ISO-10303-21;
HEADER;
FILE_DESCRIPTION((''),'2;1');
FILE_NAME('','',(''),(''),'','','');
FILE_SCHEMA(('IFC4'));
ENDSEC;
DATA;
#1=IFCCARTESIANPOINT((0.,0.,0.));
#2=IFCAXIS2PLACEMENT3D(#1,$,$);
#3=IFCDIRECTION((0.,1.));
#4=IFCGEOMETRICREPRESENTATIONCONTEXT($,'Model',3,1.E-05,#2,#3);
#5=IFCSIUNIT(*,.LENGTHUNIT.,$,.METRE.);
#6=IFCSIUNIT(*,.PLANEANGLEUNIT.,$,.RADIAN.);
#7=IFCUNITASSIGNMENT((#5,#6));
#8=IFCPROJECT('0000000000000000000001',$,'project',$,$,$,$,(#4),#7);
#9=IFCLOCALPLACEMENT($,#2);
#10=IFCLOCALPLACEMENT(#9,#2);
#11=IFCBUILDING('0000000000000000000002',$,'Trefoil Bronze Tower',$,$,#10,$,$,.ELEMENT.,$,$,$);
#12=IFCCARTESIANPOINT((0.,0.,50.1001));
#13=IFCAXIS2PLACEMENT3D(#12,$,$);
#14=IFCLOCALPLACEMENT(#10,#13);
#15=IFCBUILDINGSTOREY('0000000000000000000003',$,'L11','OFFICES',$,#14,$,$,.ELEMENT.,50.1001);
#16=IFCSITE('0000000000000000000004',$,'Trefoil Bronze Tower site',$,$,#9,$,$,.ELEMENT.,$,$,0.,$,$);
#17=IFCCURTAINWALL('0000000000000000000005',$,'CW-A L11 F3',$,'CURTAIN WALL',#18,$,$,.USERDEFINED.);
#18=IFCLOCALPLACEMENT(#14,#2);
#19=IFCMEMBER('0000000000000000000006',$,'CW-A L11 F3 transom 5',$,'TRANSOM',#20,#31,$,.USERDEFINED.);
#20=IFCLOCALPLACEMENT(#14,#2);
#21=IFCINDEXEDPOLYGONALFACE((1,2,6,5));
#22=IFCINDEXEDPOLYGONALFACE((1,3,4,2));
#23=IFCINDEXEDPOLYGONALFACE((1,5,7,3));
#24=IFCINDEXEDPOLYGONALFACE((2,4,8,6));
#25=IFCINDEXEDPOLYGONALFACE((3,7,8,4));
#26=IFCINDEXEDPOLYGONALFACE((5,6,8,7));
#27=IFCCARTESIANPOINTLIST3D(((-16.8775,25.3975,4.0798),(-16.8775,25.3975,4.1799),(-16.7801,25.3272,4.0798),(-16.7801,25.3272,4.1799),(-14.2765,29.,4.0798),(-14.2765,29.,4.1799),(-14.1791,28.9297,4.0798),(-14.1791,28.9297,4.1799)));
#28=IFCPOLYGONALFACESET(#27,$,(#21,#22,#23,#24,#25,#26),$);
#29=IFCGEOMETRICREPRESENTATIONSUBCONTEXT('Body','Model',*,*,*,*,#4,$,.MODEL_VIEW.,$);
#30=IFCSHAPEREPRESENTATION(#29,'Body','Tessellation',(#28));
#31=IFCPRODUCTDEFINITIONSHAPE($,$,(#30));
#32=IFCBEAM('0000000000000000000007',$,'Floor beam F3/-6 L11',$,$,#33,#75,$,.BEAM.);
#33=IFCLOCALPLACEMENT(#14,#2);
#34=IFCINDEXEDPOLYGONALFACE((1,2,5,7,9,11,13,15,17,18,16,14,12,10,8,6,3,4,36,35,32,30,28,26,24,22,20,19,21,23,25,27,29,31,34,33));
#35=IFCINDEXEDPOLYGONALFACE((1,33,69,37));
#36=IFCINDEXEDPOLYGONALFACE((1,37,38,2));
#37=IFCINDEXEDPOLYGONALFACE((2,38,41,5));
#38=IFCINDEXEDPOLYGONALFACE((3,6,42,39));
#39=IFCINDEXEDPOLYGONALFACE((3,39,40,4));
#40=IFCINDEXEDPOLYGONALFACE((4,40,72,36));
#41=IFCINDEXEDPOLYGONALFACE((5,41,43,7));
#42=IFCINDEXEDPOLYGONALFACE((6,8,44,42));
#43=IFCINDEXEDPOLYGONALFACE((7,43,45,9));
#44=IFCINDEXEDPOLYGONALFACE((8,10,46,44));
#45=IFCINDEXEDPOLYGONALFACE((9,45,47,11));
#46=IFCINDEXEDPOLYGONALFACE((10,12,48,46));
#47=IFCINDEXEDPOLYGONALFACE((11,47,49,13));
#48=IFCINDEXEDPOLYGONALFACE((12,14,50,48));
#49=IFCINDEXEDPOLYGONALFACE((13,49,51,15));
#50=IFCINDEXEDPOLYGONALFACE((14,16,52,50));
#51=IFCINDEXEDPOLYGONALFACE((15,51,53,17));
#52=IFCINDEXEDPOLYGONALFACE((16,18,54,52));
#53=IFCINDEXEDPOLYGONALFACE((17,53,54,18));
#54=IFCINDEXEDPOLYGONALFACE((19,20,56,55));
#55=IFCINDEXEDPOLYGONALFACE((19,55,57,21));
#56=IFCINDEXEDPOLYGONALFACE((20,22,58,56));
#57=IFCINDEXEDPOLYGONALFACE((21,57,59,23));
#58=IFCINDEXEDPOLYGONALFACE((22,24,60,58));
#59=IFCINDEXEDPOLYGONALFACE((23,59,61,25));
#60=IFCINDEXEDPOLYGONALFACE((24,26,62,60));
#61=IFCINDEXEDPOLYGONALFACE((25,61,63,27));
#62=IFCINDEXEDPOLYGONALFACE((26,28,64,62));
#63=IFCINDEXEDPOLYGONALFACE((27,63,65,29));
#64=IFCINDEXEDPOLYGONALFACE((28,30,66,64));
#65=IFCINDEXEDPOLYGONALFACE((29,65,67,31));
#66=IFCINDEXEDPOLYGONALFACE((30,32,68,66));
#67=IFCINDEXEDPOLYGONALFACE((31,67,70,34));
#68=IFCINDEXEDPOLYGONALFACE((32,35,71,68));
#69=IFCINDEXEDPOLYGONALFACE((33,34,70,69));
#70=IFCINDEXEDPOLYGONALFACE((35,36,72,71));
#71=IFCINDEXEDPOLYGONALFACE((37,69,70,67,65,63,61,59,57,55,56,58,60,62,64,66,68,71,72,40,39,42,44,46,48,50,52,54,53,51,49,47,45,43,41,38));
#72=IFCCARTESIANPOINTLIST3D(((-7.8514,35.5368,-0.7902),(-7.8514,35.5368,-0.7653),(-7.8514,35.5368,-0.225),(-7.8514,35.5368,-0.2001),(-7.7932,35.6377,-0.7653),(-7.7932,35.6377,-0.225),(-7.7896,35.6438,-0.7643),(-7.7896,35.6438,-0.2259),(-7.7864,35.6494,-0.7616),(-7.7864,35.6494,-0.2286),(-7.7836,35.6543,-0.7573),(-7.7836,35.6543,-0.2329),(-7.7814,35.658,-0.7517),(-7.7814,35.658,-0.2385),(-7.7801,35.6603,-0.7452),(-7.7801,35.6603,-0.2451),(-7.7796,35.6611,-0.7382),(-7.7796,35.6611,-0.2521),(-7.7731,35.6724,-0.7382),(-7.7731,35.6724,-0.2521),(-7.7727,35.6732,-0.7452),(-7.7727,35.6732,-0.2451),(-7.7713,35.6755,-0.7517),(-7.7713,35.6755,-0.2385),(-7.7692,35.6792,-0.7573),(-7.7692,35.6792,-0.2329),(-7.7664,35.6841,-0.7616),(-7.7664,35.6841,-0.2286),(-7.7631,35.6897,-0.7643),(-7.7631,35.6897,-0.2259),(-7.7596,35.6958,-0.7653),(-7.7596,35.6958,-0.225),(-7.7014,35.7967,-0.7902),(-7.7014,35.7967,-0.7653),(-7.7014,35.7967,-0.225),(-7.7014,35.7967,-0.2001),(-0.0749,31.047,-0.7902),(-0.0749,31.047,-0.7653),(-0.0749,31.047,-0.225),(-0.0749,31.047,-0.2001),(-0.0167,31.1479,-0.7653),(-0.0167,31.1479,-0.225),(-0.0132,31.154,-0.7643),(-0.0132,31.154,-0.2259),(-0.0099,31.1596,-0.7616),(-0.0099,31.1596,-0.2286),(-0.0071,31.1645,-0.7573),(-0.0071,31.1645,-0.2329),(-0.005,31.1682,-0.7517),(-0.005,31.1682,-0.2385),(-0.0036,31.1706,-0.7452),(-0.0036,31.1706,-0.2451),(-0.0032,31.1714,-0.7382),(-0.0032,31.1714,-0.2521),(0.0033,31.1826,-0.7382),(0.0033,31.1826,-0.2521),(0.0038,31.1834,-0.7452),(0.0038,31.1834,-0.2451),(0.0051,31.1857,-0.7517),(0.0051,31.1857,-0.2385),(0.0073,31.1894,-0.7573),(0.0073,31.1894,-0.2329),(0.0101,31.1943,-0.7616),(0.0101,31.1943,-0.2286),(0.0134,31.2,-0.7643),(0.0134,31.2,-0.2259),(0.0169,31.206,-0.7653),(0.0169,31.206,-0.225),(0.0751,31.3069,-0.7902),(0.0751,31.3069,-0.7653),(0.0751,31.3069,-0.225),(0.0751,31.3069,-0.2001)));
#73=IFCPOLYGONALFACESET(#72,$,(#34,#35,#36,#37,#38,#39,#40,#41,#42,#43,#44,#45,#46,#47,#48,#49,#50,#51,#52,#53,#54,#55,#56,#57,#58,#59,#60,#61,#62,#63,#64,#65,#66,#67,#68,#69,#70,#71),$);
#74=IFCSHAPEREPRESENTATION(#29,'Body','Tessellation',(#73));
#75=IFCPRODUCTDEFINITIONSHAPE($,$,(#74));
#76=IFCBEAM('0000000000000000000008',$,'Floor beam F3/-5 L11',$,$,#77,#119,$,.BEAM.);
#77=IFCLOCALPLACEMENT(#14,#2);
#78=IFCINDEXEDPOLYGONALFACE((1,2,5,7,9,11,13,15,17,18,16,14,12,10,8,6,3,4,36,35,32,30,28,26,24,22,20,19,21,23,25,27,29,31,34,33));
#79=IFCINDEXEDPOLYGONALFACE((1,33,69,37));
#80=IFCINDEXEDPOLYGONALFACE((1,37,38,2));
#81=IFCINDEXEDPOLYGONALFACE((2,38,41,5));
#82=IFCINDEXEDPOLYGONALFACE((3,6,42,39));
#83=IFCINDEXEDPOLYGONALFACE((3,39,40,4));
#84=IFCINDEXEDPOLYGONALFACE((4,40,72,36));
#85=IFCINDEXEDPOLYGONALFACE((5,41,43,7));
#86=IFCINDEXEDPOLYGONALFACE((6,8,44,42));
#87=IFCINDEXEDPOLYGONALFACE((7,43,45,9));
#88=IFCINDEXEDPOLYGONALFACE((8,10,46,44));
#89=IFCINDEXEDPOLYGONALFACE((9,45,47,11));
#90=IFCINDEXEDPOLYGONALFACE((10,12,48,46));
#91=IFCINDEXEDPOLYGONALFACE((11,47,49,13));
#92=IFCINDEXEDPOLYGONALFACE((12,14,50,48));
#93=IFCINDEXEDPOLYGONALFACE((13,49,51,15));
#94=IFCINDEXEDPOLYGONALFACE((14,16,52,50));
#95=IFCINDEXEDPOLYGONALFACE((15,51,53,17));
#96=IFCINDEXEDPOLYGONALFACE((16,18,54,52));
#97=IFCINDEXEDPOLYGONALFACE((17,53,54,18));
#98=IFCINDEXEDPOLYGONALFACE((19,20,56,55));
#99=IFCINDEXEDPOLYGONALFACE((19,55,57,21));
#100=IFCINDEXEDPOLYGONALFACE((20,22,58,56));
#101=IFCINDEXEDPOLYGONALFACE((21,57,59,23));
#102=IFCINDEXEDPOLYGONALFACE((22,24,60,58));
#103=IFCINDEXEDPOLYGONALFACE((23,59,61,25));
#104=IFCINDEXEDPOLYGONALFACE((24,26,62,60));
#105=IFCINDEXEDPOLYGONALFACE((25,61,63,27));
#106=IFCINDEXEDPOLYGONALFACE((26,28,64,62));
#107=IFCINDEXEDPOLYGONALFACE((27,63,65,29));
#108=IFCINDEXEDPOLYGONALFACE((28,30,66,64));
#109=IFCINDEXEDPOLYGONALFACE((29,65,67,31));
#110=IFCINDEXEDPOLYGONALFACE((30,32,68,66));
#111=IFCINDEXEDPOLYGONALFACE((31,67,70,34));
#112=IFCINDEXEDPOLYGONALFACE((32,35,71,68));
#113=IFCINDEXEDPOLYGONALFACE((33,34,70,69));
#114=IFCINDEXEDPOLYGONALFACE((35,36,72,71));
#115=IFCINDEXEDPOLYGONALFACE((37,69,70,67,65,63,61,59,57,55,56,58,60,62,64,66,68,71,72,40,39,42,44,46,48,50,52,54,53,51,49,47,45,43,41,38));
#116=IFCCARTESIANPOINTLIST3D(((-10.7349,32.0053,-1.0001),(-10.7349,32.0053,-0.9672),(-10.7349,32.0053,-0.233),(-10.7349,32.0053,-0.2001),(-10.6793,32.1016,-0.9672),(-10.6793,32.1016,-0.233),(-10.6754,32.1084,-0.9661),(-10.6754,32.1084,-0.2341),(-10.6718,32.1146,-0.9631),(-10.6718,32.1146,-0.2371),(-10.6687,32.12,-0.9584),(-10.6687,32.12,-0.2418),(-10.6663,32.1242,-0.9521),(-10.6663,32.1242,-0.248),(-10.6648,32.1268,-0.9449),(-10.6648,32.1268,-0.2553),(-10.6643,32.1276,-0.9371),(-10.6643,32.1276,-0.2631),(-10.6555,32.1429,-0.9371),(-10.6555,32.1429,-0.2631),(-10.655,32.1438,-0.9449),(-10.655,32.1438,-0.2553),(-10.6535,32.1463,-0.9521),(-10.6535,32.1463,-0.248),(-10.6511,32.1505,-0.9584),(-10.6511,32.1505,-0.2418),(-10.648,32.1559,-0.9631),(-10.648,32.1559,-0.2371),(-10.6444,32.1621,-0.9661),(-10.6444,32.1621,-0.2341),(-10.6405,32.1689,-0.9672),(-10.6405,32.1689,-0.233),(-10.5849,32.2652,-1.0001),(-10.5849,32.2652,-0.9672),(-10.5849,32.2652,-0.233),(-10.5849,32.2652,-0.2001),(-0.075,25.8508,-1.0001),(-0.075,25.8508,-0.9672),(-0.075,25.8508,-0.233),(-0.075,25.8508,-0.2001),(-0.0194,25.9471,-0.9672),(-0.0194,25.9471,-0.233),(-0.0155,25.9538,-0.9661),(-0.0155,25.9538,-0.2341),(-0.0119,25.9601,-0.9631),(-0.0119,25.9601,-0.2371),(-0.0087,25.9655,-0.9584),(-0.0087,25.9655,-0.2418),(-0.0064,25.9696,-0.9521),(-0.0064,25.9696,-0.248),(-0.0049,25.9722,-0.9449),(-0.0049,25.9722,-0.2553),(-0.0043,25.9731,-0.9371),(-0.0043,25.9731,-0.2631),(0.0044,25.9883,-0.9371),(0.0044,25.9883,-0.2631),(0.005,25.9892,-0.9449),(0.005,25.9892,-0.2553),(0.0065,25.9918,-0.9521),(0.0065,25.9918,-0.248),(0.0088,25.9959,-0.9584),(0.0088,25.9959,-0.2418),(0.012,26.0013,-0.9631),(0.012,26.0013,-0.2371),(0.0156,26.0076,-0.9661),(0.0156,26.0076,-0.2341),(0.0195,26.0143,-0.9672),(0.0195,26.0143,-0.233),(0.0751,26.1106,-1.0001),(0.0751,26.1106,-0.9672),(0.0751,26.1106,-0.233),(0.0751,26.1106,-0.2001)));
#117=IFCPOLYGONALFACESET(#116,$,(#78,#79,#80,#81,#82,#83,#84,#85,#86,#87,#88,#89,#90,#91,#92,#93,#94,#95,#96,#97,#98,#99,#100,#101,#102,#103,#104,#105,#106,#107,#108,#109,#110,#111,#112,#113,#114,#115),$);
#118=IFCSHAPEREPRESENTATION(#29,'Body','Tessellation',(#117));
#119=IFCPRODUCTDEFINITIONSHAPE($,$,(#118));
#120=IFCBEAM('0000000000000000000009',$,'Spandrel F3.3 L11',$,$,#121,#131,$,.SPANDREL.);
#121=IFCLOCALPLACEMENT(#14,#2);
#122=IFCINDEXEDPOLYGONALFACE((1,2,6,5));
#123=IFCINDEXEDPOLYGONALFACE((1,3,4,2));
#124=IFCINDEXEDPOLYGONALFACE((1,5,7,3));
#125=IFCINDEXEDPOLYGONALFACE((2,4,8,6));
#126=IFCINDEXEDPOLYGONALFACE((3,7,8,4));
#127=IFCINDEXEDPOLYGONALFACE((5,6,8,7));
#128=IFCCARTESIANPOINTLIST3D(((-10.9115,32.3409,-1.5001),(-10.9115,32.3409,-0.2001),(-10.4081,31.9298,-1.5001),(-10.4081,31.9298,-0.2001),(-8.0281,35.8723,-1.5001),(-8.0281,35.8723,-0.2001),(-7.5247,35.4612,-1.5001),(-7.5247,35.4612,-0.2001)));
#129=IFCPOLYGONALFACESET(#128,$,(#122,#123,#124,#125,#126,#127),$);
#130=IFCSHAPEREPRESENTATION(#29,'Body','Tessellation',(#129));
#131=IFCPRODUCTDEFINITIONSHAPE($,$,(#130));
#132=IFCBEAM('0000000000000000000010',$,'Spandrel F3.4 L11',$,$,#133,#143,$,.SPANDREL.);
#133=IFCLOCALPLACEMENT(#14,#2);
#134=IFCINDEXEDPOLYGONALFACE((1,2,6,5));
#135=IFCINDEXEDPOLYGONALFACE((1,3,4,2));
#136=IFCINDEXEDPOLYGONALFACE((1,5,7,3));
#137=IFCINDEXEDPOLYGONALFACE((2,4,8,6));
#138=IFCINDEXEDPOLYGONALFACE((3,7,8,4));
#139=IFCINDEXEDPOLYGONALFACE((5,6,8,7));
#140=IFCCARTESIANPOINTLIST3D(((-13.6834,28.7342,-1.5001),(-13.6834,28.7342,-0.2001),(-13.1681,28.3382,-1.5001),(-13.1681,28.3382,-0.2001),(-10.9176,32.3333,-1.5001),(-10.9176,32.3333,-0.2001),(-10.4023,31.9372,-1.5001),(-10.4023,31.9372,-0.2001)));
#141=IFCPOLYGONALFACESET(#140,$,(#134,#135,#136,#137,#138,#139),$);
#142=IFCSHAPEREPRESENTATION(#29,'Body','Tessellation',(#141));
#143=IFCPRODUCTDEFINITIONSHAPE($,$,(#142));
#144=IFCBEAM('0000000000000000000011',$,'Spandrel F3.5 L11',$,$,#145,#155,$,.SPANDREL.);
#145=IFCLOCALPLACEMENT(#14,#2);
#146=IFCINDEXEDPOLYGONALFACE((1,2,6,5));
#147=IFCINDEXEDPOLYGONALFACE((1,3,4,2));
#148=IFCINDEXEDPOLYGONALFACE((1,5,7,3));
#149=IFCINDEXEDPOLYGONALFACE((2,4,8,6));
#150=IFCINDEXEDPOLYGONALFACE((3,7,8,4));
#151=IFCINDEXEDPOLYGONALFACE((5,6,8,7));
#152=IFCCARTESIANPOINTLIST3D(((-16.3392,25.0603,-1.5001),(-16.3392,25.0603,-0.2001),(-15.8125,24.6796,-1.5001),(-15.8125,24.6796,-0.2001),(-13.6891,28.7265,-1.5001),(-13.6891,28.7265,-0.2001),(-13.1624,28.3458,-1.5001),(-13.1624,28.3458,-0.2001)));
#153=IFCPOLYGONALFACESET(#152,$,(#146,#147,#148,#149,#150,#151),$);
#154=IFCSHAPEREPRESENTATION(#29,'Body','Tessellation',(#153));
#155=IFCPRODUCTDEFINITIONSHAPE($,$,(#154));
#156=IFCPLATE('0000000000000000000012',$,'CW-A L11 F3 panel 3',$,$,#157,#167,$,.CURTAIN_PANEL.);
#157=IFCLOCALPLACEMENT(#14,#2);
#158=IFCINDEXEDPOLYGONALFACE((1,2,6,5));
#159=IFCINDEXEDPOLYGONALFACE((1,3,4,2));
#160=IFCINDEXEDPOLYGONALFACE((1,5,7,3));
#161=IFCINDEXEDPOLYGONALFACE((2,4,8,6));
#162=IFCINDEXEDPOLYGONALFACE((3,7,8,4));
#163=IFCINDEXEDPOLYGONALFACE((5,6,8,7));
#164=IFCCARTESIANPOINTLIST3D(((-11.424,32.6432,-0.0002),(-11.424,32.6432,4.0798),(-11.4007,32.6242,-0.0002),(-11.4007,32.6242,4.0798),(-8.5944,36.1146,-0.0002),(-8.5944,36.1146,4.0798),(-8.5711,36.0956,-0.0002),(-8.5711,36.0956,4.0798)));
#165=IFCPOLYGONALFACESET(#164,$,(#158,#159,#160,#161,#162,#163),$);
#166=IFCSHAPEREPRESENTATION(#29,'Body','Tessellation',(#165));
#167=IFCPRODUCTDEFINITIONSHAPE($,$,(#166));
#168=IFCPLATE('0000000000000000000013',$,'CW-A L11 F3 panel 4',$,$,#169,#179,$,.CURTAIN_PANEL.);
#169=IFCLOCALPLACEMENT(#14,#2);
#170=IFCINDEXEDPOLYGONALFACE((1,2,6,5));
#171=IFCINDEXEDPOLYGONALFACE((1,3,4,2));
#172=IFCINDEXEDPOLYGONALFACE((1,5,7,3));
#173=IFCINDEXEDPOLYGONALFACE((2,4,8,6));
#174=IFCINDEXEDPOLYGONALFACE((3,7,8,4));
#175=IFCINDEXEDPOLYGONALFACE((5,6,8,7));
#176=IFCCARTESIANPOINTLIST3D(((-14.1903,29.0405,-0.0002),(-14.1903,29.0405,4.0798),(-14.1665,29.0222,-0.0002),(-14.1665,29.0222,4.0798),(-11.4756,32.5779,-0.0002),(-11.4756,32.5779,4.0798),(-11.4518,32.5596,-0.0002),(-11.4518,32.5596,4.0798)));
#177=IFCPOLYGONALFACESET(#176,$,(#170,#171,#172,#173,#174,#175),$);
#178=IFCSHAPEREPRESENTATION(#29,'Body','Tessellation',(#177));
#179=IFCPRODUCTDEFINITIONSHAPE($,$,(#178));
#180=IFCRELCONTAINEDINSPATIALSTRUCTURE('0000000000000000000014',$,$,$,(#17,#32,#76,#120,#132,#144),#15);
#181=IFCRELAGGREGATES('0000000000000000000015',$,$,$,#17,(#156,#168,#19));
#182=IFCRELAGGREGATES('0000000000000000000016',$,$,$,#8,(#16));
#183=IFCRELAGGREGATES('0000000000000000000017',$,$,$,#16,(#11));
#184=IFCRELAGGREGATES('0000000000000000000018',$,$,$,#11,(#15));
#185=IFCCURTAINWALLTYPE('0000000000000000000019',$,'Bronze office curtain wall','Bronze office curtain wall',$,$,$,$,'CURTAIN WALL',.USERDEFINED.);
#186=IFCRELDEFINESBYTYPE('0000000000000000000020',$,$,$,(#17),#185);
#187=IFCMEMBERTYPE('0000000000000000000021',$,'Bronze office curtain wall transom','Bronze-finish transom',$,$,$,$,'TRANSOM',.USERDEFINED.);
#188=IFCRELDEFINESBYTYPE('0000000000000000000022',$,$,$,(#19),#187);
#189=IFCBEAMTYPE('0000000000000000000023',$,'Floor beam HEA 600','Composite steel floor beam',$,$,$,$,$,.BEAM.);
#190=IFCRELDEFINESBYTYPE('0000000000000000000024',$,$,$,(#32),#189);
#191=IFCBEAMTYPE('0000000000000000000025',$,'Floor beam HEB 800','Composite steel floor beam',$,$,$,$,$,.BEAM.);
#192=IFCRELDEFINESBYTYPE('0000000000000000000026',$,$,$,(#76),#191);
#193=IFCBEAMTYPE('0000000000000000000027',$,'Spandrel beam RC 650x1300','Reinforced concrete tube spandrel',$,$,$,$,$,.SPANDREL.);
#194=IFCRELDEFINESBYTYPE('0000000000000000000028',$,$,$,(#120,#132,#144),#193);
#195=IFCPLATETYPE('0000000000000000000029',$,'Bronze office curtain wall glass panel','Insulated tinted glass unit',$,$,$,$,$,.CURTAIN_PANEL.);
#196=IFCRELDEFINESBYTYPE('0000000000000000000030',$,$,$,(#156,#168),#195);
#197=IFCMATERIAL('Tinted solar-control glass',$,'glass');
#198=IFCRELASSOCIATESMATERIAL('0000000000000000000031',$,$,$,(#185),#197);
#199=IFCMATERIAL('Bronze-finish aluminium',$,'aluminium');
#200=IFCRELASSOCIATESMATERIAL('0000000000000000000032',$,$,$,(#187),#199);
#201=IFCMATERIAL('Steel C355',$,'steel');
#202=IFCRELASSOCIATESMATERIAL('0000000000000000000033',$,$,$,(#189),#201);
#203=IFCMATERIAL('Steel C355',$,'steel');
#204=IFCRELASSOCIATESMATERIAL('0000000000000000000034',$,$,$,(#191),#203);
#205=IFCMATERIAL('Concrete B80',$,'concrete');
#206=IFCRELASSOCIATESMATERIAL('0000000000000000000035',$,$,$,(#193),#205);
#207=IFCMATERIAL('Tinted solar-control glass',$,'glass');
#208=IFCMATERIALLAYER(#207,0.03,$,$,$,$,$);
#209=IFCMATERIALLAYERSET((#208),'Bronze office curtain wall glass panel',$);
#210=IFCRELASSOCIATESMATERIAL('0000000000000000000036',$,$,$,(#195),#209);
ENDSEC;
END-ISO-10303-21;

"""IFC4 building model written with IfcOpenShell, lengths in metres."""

from ifc_helpers import new_model, si_unit, direction, frame, origin, origin_2d, place, context, subcontext, project, spatial, rectangle, i_section, extrude, material, layer, layer_set, material_profile, profile_set, type_object, element, aggregate, save


model = new_model("IFC4")

# Units and contexts
model_context = context("Model", 3, precision=1e-05, world=origin(), true_north=direction((0.0, 1.0)))
body_context = subcontext(model_context, "Body", "Model", "MODEL_VIEW")
ifc_project = project(units=[si_unit("LENGTHUNIT", "METRE"), si_unit("PLANEANGLEUNIT", "RADIAN")], contexts=[model_context])

# Site, building, storey
site_placement = place(None, origin())
site = spatial("IfcSite", under=ifc_project, at=site_placement, Name="Trefoil Bronze Tower site", CompositionType="ELEMENT", RefElevation=0.0)
building_placement = place(site_placement, origin())
building = spatial("IfcBuilding", under=site, at=building_placement, Name="Trefoil Bronze Tower", CompositionType="ELEMENT")
storey_placement = place(building_placement, frame((0.0, 0.0, 50.1001)))
storey = spatial("IfcBuildingStorey", under=building, at=storey_placement, Name="L11", Description="OFFICES", CompositionType="ELEMENT", Elevation=50.1001)

# Curtain wall, member
ifc_material_1 = material(Name="Tinted solar-control glass", Category="glass")
curtain_wall_type = type_object("IfcCurtainWallType", Name="Bronze office curtain wall", Description="Bronze office curtain wall", ElementType="CURTAIN WALL", PredefinedType="USERDEFINED", material=ifc_material_1)
curtain_wall_placement = place(storey_placement, origin())
curtain_wall = element("IfcCurtainWall", 1, at=curtain_wall_placement, inside=storey, type_object=curtain_wall_type, Name="CW-A L11 F3", ObjectType="CURTAIN WALL", PredefinedType="USERDEFINED")
ifc_material_2 = material(Name="Bronze-finish aluminium", Category="aluminium")
ifc_material_profile_1 = material_profile(ifc_material_2, rectangle(XDim=0.1201, YDim=0.1001, at=origin_2d()), Name="CW-A transom")
ifc_profile_set_1 = profile_set([ifc_material_profile_1], Name="Bronze-finish aluminium")
member_type_1 = type_object("IfcMemberType", Name="Bronze office curtain wall transom", Description="Bronze-finish transom", ElementType="TRANSOM", PredefinedType="USERDEFINED", material=ifc_profile_set_1)
member_1_placement = place(storey_placement, frame((-14.2278, 28.9648, 4.1299), z_axis=(-0.585378, -0.81076, 0.0), x_axis=(0.81076, -0.585378, 0.0)))
member_1 = element("IfcMember", 2, at=member_1_placement, type_object=member_type_1, Name="CW-A L11 F3 transom 5", ObjectType="TRANSOM", PredefinedType="USERDEFINED", context=body_context, shape_type="SweptSolid", body=[
    extrude(rectangle(XDim=0.1201, YDim=0.1001, at=origin_2d()), origin(), (0.0, 0.0, 1.0), 4.4434),
])

# Beams
ifc_material_3 = material(Name="Steel C355", Category="steel")
ifc_material_profile_2 = material_profile(ifc_material_3, i_section(OverallWidth=0.3, OverallDepth=0.5901, WebThickness=0.0129, FlangeThickness=0.0249, FilletRadius=0.0271, at=origin_2d()), Name="HEA 600")
ifc_profile_set_2 = profile_set([ifc_material_profile_2], Name="Steel C355")
beam_type_1 = type_object("IfcBeamType", Name="Floor beam HEA 600", Description="Composite steel floor beam", PredefinedType="BEAM", material=ifc_profile_set_2)
beam_1_placement = place(storey_placement, frame((-7.7764, 35.6667, -0.4951), z_axis=(0.866023, -0.500005, 0.0), x_axis=(0.500005, 0.866023, 0.0)))
element("IfcBeam", 3, at=beam_1_placement, inside=storey, type_object=beam_type_1, Name="Floor beam F3/-6 L11", PredefinedType="BEAM", context=body_context, shape_type="SweptSolid", body=[
    extrude(i_section(OverallWidth=0.3, OverallDepth=0.5901, WebThickness=0.0129, FlangeThickness=0.0249, FilletRadius=0.0271, at=origin_2d()), origin(), (0.0, 0.0, 1.0), 8.9795),
])
ifc_material_4 = material(Name="Steel C355", Category="steel")
ifc_material_profile_3 = material_profile(ifc_material_4, i_section(OverallWidth=0.3, OverallDepth=0.8, WebThickness=0.0176, FlangeThickness=0.033, FilletRadius=0.03, at=origin_2d()), Name="HEB 800")
ifc_profile_set_3 = profile_set([ifc_material_profile_3], Name="Steel C355")
beam_type_2 = type_object("IfcBeamType", Name="Floor beam HEB 800", Description="Composite steel floor beam", PredefinedType="BEAM", material=ifc_profile_set_3)
beam_2_placement = place(storey_placement, frame((-10.6599, 32.1353, -0.6001), z_axis=(0.866024, -0.500002, 0.0), x_axis=(0.500002, 0.866024, 0.0)))
element("IfcBeam", 4, at=beam_2_placement, inside=storey, type_object=beam_type_2, Name="Floor beam F3/-5 L11", PredefinedType="BEAM", context=body_context, shape_type="SweptSolid", body=[
    extrude(i_section(OverallWidth=0.3, OverallDepth=0.8, WebThickness=0.0176, FlangeThickness=0.033, FilletRadius=0.03, at=origin_2d()), origin(), (0.0, 0.0, 1.0), 12.3091),
])
ifc_material_5 = material(Name="Concrete B80", Category="concrete")
ifc_material_profile_4 = material_profile(ifc_material_5, rectangle(XDim=0.6499, YDim=1.3, at=origin_2d()), Name="RC 650x1300")
ifc_profile_set_4 = profile_set([ifc_material_profile_4], Name="Concrete B80")
beam_type_3 = type_object("IfcBeamType", Name="Spandrel beam RC 650x1300", Description="Reinforced concrete tube spandrel", PredefinedType="SPANDREL", material=ifc_profile_set_4)
beam_3_placement = place(storey_placement, frame((-7.7764, 35.6667, -0.8501), z_axis=(-0.632468, -0.774587, 0.0), x_axis=(0.774587, -0.632468, 0.0)))
element("IfcBeam", 5, at=beam_3_placement, inside=storey, type_object=beam_type_3, Name="Spandrel F3.3 L11", PredefinedType="SPANDREL", context=body_context, shape_type="SweptSolid", body=[
    extrude(rectangle(XDim=0.6499, YDim=1.3, at=origin_2d()), origin(), (0.0, 0.0, 1.0), 4.5591),
])
beam_4_placement = place(storey_placement, frame((-10.6599, 32.1353, -0.8501), z_axis=(-0.609339, -0.79291, 0.0), x_axis=(0.79291, -0.609339, 0.0)))
element("IfcBeam", 6, at=beam_4_placement, inside=storey, type_object=beam_type_3, Name="Spandrel F3.4 L11", PredefinedType="SPANDREL", context=body_context, shape_type="SweptSolid", body=[
    extrude(rectangle(XDim=0.6499, YDim=1.3, at=origin_2d()), origin(), (0.0, 0.0, 1.0), 4.5391),
])
beam_5_placement = place(storey_placement, frame((-13.4258, 28.5361, -0.8501), z_axis=(-0.585824, -0.810439, 0.0), x_axis=(0.810439, -0.585824, 0.0)))
element("IfcBeam", 7, at=beam_5_placement, inside=storey, type_object=beam_type_3, Name="Spandrel F3.5 L11", PredefinedType="SPANDREL", context=body_context, shape_type="SweptSolid", body=[
    extrude(rectangle(XDim=0.6499, YDim=1.3, at=origin_2d()), origin(), (0.0, 0.0, 1.0), 4.5237),
])

# Plates
ifc_material_6 = material(Name="Tinted solar-control glass", Category="glass")
ifc_layer_1 = layer(ifc_material_6, 0.03)
ifc_layer_set_1 = layer_set([ifc_layer_1], Name="Bronze office curtain wall glass panel")
plate_type = type_object("IfcPlateType", Name="Bronze office curtain wall glass panel", Description="Insulated tinted glass unit", PredefinedType="CURTAIN_PANEL", material=ifc_layer_set_1)
plate_1_placement = place(storey_placement, frame((-9.9976, 34.3694, -0.0002), z_axis=(0.0, 0.0, 1.0), x_axis=(-0.631811, -0.775123, 0.0)))
plate_1 = element("IfcPlate", 8, at=plate_1_placement, type_object=plate_type, Name="CW-A L11 F3 panel 3", PredefinedType="CURTAIN_PANEL", context=body_context, shape_type="SweptSolid", body=[
    extrude(rectangle(XDim=4.4785, YDim=0.03, at=origin_2d()), origin(), (0.0, 0.0, 1.0), 4.0801),
])
plate_2_placement = place(storey_placement, frame((-12.821, 30.8, -0.0002), z_axis=(0.0, 0.0, 1.0), x_axis=(-0.608808, -0.793318, 0.0)))
plate_2 = element("IfcPlate", 9, at=plate_2_placement, type_object=plate_type, Name="CW-A L11 F3 panel 4", PredefinedType="CURTAIN_PANEL", context=body_context, shape_type="SweptSolid", body=[
    extrude(rectangle(XDim=4.459, YDim=0.03, at=origin_2d()), origin(), (0.0, 0.0, 1.0), 4.0801),
])
aggregate(curtain_wall, [plate_1, plate_2, member_1])

save(model, "model.ifc")
